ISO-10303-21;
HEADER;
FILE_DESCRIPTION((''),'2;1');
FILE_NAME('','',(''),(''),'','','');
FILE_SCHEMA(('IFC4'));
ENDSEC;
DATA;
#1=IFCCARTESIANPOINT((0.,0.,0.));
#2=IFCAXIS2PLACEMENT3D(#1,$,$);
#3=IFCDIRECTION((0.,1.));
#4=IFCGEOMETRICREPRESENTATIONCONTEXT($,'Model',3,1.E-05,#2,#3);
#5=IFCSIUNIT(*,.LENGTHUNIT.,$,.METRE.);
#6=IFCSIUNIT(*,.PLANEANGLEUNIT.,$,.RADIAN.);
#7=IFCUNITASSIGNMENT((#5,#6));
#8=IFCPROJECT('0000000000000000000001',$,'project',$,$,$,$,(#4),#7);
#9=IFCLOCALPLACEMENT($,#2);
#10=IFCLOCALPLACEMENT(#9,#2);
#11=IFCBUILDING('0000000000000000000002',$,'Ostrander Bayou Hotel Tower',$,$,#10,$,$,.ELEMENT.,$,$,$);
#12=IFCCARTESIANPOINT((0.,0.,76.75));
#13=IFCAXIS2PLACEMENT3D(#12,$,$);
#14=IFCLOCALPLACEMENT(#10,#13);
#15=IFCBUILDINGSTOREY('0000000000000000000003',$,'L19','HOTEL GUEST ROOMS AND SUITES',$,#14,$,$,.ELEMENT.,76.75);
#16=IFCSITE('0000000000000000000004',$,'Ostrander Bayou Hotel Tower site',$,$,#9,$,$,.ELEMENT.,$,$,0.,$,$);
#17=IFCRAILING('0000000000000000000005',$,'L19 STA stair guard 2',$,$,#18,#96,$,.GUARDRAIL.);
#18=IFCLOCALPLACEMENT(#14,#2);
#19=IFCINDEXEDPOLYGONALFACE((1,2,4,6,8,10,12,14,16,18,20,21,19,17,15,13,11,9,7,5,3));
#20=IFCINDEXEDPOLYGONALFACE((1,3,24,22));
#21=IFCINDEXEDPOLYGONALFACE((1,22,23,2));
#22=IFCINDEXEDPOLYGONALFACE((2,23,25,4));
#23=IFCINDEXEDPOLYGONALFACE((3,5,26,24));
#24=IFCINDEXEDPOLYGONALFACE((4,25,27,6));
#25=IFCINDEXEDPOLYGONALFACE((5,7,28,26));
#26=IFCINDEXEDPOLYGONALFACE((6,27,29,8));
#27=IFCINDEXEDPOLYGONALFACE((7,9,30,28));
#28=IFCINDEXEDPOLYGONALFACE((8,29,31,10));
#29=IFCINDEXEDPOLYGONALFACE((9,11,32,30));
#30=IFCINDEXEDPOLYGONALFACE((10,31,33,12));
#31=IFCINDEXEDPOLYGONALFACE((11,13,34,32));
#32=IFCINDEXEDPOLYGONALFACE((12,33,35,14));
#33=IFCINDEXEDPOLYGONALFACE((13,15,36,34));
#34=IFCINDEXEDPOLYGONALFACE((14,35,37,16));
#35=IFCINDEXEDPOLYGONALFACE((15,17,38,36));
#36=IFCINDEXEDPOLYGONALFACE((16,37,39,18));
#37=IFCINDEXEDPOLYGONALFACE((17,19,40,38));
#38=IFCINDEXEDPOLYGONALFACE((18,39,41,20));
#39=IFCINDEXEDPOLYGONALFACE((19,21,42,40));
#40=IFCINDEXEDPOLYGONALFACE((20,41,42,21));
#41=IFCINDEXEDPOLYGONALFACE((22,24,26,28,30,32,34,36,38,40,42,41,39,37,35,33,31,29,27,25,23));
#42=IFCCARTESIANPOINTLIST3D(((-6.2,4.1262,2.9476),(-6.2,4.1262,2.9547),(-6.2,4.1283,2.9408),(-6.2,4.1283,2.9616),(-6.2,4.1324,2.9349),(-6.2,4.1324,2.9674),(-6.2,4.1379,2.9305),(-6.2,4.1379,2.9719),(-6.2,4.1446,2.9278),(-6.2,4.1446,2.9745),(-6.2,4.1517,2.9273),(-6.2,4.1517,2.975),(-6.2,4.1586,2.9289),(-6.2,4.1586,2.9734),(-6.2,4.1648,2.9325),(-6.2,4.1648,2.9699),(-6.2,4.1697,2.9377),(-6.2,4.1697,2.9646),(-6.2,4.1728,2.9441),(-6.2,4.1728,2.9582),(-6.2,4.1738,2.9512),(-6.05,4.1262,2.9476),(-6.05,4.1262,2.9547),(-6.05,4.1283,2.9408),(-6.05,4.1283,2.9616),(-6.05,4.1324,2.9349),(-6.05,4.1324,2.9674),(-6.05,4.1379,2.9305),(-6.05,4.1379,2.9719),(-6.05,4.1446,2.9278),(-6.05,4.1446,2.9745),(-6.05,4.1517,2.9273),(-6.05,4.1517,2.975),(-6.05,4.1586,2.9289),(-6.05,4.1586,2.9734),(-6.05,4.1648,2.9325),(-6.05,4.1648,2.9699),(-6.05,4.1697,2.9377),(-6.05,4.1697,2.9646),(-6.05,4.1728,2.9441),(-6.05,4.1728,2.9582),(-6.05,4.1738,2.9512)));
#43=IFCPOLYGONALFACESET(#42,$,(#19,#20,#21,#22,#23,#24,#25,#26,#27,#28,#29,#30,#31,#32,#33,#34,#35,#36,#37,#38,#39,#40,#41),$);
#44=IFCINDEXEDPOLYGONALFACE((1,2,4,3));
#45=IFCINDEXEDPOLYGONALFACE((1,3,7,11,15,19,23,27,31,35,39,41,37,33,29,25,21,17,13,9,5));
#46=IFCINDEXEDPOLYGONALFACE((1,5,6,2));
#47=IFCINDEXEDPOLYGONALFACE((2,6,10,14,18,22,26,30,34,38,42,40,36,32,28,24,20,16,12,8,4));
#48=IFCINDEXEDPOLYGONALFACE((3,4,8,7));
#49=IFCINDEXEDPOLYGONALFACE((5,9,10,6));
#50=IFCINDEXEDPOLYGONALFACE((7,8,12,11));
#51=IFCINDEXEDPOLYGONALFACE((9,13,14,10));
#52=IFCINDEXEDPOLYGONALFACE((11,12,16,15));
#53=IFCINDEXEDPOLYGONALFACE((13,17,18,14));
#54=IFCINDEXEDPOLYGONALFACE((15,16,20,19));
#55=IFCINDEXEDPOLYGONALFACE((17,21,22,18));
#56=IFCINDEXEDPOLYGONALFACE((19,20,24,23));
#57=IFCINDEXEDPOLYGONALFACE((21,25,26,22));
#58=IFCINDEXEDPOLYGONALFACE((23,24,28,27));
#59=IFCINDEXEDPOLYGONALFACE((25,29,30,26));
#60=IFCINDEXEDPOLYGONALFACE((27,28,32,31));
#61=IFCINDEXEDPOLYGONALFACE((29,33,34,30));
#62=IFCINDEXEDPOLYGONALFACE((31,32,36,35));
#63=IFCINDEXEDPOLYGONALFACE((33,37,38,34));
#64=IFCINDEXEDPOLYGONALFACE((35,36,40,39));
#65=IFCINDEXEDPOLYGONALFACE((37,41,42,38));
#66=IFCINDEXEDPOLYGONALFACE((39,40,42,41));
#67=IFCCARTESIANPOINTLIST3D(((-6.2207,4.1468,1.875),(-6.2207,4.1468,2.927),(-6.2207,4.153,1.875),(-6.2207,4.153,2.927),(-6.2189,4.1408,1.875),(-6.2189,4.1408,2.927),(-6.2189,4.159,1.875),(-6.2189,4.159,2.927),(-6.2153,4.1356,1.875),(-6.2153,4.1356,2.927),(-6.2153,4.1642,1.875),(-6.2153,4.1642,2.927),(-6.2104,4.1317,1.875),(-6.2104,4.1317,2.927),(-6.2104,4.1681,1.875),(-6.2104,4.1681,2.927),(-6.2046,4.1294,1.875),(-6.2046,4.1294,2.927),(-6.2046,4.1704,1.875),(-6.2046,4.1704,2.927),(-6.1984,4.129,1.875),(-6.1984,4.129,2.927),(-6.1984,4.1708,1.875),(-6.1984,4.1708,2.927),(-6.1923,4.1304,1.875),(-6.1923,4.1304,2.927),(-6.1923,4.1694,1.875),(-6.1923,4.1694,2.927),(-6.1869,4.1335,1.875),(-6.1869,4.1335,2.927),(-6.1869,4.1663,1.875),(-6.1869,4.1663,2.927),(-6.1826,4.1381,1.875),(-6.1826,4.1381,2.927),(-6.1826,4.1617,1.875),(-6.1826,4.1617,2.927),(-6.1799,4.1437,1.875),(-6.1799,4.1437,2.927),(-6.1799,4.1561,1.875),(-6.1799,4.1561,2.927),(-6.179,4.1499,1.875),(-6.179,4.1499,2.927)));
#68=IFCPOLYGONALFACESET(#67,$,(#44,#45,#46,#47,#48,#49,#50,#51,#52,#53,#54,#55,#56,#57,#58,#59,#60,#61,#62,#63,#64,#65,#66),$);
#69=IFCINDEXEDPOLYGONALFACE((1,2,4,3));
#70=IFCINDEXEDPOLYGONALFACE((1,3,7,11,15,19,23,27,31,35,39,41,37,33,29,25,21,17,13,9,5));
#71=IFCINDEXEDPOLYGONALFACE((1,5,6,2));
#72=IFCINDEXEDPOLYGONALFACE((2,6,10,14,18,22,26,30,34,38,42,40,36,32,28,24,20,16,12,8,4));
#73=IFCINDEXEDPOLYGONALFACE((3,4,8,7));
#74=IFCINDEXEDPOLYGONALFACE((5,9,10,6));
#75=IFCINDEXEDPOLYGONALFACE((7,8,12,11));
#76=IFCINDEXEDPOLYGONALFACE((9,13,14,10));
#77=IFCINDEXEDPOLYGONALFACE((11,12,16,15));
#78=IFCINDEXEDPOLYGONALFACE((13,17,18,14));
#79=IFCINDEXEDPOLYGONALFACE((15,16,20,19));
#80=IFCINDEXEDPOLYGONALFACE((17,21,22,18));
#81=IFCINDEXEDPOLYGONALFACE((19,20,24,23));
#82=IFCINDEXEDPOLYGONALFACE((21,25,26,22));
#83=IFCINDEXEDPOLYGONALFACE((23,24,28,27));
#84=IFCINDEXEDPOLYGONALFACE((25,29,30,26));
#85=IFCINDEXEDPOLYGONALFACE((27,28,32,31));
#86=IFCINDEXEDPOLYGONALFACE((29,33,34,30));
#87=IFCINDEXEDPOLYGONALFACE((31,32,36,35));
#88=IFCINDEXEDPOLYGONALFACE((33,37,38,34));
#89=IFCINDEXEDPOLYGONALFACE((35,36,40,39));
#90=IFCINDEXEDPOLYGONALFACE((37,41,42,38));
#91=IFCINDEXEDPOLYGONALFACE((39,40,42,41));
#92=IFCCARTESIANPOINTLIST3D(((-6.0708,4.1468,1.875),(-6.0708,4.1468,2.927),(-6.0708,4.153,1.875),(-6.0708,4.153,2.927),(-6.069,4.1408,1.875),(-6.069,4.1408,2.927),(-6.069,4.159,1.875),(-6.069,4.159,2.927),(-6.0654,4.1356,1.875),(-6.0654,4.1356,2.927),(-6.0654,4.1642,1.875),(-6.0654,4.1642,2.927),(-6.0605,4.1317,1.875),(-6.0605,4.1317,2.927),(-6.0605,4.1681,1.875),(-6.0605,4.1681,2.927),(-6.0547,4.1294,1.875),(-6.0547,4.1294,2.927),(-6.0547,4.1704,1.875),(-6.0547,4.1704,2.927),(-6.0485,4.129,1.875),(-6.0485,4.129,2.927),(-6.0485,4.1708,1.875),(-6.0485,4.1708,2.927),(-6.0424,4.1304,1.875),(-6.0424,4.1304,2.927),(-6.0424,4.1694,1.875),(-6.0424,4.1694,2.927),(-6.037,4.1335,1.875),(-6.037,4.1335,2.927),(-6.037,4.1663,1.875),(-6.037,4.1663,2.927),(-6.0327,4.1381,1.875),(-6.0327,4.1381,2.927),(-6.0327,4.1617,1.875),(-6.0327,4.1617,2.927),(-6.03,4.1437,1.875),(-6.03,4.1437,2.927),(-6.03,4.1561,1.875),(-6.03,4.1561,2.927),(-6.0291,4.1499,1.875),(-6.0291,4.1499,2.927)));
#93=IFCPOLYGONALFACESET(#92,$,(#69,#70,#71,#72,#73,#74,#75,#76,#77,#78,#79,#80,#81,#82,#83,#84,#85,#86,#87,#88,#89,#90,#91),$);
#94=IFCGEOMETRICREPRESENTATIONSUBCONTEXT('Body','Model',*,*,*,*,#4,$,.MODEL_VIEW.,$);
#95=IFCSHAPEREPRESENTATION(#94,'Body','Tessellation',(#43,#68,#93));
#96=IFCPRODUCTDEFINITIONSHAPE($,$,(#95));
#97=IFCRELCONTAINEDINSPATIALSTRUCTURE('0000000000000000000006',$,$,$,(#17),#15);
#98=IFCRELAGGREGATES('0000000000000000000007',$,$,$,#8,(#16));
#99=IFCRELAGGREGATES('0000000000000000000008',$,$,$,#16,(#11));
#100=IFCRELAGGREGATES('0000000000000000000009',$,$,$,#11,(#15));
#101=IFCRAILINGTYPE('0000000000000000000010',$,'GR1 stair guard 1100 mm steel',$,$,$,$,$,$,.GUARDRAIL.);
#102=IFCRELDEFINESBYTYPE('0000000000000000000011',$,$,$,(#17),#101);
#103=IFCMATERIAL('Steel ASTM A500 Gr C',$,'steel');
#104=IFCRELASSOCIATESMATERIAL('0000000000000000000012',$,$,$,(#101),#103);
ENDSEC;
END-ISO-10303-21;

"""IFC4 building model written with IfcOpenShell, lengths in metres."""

from ifc_helpers import new_model, si_unit, direction, frame, origin, origin_2d, place, context, subcontext, project, spatial, circle, extrude, material, type_object, element, save


model = new_model("IFC4")

# Units and contexts
model_context = context("Model", 3, precision=1e-05, world=origin(), true_north=direction((0.0, 1.0)))
body_context = subcontext(model_context, "Body", "Model", "MODEL_VIEW")
ifc_project = project(units=[si_unit("LENGTHUNIT", "METRE"), si_unit("PLANEANGLEUNIT", "RADIAN")], contexts=[model_context])

# Site, building, storey
site_placement = place(None, origin())
site = spatial("IfcSite", under=ifc_project, at=site_placement, Name="Ostrander Bayou Hotel Tower site", CompositionType="ELEMENT", RefElevation=0.0)
building_placement = place(site_placement, origin())
building = spatial("IfcBuilding", under=site, at=building_placement, Name="Ostrander Bayou Hotel Tower", CompositionType="ELEMENT")
storey_placement = place(building_placement, frame((0.0, 0.0, 76.75)))
storey = spatial("IfcBuildingStorey", under=building, at=storey_placement, Name="L19", Description="HOTEL GUEST ROOMS AND SUITES", CompositionType="ELEMENT", Elevation=76.75)

# Railing
ifc_material_1 = material(Name="Steel ASTM A500 Gr C", Category="steel")
railing_type_1 = type_object("IfcRailingType", Name="GR1 stair guard 1100 mm steel", PredefinedType="GUARDRAIL", material=ifc_material_1)
railing_1_placement = place(storey_placement, frame((-6.2, 4.1499, 1.875)))
element("IfcRailing", 1, at=railing_1_placement, inside=storey, type_object=railing_type_1, Name="L19 STA stair guard 2", PredefinedType="GUARDRAIL", context=body_context, shape_type="SweptSolid", body=[
    extrude(circle(Radius=0.0239, at=origin_2d()), frame((0.0, 0.0, 1.0762), z_axis=(1.0, 0.0, 0.0), x_axis=(0.0, 1.0, 0.0)), (0.0, 0.0, 1.0), 0.1499),
    extrude(circle(Radius=0.021, at=origin_2d()), origin(), (0.0, 0.0, 1.0), 1.052),
    extrude(circle(Radius=0.021, at=origin_2d()), frame((0.1499, 0.0, 0.0)), (0.0, 0.0, 1.0), 1.052),
])

save(model, "model.ifc")
